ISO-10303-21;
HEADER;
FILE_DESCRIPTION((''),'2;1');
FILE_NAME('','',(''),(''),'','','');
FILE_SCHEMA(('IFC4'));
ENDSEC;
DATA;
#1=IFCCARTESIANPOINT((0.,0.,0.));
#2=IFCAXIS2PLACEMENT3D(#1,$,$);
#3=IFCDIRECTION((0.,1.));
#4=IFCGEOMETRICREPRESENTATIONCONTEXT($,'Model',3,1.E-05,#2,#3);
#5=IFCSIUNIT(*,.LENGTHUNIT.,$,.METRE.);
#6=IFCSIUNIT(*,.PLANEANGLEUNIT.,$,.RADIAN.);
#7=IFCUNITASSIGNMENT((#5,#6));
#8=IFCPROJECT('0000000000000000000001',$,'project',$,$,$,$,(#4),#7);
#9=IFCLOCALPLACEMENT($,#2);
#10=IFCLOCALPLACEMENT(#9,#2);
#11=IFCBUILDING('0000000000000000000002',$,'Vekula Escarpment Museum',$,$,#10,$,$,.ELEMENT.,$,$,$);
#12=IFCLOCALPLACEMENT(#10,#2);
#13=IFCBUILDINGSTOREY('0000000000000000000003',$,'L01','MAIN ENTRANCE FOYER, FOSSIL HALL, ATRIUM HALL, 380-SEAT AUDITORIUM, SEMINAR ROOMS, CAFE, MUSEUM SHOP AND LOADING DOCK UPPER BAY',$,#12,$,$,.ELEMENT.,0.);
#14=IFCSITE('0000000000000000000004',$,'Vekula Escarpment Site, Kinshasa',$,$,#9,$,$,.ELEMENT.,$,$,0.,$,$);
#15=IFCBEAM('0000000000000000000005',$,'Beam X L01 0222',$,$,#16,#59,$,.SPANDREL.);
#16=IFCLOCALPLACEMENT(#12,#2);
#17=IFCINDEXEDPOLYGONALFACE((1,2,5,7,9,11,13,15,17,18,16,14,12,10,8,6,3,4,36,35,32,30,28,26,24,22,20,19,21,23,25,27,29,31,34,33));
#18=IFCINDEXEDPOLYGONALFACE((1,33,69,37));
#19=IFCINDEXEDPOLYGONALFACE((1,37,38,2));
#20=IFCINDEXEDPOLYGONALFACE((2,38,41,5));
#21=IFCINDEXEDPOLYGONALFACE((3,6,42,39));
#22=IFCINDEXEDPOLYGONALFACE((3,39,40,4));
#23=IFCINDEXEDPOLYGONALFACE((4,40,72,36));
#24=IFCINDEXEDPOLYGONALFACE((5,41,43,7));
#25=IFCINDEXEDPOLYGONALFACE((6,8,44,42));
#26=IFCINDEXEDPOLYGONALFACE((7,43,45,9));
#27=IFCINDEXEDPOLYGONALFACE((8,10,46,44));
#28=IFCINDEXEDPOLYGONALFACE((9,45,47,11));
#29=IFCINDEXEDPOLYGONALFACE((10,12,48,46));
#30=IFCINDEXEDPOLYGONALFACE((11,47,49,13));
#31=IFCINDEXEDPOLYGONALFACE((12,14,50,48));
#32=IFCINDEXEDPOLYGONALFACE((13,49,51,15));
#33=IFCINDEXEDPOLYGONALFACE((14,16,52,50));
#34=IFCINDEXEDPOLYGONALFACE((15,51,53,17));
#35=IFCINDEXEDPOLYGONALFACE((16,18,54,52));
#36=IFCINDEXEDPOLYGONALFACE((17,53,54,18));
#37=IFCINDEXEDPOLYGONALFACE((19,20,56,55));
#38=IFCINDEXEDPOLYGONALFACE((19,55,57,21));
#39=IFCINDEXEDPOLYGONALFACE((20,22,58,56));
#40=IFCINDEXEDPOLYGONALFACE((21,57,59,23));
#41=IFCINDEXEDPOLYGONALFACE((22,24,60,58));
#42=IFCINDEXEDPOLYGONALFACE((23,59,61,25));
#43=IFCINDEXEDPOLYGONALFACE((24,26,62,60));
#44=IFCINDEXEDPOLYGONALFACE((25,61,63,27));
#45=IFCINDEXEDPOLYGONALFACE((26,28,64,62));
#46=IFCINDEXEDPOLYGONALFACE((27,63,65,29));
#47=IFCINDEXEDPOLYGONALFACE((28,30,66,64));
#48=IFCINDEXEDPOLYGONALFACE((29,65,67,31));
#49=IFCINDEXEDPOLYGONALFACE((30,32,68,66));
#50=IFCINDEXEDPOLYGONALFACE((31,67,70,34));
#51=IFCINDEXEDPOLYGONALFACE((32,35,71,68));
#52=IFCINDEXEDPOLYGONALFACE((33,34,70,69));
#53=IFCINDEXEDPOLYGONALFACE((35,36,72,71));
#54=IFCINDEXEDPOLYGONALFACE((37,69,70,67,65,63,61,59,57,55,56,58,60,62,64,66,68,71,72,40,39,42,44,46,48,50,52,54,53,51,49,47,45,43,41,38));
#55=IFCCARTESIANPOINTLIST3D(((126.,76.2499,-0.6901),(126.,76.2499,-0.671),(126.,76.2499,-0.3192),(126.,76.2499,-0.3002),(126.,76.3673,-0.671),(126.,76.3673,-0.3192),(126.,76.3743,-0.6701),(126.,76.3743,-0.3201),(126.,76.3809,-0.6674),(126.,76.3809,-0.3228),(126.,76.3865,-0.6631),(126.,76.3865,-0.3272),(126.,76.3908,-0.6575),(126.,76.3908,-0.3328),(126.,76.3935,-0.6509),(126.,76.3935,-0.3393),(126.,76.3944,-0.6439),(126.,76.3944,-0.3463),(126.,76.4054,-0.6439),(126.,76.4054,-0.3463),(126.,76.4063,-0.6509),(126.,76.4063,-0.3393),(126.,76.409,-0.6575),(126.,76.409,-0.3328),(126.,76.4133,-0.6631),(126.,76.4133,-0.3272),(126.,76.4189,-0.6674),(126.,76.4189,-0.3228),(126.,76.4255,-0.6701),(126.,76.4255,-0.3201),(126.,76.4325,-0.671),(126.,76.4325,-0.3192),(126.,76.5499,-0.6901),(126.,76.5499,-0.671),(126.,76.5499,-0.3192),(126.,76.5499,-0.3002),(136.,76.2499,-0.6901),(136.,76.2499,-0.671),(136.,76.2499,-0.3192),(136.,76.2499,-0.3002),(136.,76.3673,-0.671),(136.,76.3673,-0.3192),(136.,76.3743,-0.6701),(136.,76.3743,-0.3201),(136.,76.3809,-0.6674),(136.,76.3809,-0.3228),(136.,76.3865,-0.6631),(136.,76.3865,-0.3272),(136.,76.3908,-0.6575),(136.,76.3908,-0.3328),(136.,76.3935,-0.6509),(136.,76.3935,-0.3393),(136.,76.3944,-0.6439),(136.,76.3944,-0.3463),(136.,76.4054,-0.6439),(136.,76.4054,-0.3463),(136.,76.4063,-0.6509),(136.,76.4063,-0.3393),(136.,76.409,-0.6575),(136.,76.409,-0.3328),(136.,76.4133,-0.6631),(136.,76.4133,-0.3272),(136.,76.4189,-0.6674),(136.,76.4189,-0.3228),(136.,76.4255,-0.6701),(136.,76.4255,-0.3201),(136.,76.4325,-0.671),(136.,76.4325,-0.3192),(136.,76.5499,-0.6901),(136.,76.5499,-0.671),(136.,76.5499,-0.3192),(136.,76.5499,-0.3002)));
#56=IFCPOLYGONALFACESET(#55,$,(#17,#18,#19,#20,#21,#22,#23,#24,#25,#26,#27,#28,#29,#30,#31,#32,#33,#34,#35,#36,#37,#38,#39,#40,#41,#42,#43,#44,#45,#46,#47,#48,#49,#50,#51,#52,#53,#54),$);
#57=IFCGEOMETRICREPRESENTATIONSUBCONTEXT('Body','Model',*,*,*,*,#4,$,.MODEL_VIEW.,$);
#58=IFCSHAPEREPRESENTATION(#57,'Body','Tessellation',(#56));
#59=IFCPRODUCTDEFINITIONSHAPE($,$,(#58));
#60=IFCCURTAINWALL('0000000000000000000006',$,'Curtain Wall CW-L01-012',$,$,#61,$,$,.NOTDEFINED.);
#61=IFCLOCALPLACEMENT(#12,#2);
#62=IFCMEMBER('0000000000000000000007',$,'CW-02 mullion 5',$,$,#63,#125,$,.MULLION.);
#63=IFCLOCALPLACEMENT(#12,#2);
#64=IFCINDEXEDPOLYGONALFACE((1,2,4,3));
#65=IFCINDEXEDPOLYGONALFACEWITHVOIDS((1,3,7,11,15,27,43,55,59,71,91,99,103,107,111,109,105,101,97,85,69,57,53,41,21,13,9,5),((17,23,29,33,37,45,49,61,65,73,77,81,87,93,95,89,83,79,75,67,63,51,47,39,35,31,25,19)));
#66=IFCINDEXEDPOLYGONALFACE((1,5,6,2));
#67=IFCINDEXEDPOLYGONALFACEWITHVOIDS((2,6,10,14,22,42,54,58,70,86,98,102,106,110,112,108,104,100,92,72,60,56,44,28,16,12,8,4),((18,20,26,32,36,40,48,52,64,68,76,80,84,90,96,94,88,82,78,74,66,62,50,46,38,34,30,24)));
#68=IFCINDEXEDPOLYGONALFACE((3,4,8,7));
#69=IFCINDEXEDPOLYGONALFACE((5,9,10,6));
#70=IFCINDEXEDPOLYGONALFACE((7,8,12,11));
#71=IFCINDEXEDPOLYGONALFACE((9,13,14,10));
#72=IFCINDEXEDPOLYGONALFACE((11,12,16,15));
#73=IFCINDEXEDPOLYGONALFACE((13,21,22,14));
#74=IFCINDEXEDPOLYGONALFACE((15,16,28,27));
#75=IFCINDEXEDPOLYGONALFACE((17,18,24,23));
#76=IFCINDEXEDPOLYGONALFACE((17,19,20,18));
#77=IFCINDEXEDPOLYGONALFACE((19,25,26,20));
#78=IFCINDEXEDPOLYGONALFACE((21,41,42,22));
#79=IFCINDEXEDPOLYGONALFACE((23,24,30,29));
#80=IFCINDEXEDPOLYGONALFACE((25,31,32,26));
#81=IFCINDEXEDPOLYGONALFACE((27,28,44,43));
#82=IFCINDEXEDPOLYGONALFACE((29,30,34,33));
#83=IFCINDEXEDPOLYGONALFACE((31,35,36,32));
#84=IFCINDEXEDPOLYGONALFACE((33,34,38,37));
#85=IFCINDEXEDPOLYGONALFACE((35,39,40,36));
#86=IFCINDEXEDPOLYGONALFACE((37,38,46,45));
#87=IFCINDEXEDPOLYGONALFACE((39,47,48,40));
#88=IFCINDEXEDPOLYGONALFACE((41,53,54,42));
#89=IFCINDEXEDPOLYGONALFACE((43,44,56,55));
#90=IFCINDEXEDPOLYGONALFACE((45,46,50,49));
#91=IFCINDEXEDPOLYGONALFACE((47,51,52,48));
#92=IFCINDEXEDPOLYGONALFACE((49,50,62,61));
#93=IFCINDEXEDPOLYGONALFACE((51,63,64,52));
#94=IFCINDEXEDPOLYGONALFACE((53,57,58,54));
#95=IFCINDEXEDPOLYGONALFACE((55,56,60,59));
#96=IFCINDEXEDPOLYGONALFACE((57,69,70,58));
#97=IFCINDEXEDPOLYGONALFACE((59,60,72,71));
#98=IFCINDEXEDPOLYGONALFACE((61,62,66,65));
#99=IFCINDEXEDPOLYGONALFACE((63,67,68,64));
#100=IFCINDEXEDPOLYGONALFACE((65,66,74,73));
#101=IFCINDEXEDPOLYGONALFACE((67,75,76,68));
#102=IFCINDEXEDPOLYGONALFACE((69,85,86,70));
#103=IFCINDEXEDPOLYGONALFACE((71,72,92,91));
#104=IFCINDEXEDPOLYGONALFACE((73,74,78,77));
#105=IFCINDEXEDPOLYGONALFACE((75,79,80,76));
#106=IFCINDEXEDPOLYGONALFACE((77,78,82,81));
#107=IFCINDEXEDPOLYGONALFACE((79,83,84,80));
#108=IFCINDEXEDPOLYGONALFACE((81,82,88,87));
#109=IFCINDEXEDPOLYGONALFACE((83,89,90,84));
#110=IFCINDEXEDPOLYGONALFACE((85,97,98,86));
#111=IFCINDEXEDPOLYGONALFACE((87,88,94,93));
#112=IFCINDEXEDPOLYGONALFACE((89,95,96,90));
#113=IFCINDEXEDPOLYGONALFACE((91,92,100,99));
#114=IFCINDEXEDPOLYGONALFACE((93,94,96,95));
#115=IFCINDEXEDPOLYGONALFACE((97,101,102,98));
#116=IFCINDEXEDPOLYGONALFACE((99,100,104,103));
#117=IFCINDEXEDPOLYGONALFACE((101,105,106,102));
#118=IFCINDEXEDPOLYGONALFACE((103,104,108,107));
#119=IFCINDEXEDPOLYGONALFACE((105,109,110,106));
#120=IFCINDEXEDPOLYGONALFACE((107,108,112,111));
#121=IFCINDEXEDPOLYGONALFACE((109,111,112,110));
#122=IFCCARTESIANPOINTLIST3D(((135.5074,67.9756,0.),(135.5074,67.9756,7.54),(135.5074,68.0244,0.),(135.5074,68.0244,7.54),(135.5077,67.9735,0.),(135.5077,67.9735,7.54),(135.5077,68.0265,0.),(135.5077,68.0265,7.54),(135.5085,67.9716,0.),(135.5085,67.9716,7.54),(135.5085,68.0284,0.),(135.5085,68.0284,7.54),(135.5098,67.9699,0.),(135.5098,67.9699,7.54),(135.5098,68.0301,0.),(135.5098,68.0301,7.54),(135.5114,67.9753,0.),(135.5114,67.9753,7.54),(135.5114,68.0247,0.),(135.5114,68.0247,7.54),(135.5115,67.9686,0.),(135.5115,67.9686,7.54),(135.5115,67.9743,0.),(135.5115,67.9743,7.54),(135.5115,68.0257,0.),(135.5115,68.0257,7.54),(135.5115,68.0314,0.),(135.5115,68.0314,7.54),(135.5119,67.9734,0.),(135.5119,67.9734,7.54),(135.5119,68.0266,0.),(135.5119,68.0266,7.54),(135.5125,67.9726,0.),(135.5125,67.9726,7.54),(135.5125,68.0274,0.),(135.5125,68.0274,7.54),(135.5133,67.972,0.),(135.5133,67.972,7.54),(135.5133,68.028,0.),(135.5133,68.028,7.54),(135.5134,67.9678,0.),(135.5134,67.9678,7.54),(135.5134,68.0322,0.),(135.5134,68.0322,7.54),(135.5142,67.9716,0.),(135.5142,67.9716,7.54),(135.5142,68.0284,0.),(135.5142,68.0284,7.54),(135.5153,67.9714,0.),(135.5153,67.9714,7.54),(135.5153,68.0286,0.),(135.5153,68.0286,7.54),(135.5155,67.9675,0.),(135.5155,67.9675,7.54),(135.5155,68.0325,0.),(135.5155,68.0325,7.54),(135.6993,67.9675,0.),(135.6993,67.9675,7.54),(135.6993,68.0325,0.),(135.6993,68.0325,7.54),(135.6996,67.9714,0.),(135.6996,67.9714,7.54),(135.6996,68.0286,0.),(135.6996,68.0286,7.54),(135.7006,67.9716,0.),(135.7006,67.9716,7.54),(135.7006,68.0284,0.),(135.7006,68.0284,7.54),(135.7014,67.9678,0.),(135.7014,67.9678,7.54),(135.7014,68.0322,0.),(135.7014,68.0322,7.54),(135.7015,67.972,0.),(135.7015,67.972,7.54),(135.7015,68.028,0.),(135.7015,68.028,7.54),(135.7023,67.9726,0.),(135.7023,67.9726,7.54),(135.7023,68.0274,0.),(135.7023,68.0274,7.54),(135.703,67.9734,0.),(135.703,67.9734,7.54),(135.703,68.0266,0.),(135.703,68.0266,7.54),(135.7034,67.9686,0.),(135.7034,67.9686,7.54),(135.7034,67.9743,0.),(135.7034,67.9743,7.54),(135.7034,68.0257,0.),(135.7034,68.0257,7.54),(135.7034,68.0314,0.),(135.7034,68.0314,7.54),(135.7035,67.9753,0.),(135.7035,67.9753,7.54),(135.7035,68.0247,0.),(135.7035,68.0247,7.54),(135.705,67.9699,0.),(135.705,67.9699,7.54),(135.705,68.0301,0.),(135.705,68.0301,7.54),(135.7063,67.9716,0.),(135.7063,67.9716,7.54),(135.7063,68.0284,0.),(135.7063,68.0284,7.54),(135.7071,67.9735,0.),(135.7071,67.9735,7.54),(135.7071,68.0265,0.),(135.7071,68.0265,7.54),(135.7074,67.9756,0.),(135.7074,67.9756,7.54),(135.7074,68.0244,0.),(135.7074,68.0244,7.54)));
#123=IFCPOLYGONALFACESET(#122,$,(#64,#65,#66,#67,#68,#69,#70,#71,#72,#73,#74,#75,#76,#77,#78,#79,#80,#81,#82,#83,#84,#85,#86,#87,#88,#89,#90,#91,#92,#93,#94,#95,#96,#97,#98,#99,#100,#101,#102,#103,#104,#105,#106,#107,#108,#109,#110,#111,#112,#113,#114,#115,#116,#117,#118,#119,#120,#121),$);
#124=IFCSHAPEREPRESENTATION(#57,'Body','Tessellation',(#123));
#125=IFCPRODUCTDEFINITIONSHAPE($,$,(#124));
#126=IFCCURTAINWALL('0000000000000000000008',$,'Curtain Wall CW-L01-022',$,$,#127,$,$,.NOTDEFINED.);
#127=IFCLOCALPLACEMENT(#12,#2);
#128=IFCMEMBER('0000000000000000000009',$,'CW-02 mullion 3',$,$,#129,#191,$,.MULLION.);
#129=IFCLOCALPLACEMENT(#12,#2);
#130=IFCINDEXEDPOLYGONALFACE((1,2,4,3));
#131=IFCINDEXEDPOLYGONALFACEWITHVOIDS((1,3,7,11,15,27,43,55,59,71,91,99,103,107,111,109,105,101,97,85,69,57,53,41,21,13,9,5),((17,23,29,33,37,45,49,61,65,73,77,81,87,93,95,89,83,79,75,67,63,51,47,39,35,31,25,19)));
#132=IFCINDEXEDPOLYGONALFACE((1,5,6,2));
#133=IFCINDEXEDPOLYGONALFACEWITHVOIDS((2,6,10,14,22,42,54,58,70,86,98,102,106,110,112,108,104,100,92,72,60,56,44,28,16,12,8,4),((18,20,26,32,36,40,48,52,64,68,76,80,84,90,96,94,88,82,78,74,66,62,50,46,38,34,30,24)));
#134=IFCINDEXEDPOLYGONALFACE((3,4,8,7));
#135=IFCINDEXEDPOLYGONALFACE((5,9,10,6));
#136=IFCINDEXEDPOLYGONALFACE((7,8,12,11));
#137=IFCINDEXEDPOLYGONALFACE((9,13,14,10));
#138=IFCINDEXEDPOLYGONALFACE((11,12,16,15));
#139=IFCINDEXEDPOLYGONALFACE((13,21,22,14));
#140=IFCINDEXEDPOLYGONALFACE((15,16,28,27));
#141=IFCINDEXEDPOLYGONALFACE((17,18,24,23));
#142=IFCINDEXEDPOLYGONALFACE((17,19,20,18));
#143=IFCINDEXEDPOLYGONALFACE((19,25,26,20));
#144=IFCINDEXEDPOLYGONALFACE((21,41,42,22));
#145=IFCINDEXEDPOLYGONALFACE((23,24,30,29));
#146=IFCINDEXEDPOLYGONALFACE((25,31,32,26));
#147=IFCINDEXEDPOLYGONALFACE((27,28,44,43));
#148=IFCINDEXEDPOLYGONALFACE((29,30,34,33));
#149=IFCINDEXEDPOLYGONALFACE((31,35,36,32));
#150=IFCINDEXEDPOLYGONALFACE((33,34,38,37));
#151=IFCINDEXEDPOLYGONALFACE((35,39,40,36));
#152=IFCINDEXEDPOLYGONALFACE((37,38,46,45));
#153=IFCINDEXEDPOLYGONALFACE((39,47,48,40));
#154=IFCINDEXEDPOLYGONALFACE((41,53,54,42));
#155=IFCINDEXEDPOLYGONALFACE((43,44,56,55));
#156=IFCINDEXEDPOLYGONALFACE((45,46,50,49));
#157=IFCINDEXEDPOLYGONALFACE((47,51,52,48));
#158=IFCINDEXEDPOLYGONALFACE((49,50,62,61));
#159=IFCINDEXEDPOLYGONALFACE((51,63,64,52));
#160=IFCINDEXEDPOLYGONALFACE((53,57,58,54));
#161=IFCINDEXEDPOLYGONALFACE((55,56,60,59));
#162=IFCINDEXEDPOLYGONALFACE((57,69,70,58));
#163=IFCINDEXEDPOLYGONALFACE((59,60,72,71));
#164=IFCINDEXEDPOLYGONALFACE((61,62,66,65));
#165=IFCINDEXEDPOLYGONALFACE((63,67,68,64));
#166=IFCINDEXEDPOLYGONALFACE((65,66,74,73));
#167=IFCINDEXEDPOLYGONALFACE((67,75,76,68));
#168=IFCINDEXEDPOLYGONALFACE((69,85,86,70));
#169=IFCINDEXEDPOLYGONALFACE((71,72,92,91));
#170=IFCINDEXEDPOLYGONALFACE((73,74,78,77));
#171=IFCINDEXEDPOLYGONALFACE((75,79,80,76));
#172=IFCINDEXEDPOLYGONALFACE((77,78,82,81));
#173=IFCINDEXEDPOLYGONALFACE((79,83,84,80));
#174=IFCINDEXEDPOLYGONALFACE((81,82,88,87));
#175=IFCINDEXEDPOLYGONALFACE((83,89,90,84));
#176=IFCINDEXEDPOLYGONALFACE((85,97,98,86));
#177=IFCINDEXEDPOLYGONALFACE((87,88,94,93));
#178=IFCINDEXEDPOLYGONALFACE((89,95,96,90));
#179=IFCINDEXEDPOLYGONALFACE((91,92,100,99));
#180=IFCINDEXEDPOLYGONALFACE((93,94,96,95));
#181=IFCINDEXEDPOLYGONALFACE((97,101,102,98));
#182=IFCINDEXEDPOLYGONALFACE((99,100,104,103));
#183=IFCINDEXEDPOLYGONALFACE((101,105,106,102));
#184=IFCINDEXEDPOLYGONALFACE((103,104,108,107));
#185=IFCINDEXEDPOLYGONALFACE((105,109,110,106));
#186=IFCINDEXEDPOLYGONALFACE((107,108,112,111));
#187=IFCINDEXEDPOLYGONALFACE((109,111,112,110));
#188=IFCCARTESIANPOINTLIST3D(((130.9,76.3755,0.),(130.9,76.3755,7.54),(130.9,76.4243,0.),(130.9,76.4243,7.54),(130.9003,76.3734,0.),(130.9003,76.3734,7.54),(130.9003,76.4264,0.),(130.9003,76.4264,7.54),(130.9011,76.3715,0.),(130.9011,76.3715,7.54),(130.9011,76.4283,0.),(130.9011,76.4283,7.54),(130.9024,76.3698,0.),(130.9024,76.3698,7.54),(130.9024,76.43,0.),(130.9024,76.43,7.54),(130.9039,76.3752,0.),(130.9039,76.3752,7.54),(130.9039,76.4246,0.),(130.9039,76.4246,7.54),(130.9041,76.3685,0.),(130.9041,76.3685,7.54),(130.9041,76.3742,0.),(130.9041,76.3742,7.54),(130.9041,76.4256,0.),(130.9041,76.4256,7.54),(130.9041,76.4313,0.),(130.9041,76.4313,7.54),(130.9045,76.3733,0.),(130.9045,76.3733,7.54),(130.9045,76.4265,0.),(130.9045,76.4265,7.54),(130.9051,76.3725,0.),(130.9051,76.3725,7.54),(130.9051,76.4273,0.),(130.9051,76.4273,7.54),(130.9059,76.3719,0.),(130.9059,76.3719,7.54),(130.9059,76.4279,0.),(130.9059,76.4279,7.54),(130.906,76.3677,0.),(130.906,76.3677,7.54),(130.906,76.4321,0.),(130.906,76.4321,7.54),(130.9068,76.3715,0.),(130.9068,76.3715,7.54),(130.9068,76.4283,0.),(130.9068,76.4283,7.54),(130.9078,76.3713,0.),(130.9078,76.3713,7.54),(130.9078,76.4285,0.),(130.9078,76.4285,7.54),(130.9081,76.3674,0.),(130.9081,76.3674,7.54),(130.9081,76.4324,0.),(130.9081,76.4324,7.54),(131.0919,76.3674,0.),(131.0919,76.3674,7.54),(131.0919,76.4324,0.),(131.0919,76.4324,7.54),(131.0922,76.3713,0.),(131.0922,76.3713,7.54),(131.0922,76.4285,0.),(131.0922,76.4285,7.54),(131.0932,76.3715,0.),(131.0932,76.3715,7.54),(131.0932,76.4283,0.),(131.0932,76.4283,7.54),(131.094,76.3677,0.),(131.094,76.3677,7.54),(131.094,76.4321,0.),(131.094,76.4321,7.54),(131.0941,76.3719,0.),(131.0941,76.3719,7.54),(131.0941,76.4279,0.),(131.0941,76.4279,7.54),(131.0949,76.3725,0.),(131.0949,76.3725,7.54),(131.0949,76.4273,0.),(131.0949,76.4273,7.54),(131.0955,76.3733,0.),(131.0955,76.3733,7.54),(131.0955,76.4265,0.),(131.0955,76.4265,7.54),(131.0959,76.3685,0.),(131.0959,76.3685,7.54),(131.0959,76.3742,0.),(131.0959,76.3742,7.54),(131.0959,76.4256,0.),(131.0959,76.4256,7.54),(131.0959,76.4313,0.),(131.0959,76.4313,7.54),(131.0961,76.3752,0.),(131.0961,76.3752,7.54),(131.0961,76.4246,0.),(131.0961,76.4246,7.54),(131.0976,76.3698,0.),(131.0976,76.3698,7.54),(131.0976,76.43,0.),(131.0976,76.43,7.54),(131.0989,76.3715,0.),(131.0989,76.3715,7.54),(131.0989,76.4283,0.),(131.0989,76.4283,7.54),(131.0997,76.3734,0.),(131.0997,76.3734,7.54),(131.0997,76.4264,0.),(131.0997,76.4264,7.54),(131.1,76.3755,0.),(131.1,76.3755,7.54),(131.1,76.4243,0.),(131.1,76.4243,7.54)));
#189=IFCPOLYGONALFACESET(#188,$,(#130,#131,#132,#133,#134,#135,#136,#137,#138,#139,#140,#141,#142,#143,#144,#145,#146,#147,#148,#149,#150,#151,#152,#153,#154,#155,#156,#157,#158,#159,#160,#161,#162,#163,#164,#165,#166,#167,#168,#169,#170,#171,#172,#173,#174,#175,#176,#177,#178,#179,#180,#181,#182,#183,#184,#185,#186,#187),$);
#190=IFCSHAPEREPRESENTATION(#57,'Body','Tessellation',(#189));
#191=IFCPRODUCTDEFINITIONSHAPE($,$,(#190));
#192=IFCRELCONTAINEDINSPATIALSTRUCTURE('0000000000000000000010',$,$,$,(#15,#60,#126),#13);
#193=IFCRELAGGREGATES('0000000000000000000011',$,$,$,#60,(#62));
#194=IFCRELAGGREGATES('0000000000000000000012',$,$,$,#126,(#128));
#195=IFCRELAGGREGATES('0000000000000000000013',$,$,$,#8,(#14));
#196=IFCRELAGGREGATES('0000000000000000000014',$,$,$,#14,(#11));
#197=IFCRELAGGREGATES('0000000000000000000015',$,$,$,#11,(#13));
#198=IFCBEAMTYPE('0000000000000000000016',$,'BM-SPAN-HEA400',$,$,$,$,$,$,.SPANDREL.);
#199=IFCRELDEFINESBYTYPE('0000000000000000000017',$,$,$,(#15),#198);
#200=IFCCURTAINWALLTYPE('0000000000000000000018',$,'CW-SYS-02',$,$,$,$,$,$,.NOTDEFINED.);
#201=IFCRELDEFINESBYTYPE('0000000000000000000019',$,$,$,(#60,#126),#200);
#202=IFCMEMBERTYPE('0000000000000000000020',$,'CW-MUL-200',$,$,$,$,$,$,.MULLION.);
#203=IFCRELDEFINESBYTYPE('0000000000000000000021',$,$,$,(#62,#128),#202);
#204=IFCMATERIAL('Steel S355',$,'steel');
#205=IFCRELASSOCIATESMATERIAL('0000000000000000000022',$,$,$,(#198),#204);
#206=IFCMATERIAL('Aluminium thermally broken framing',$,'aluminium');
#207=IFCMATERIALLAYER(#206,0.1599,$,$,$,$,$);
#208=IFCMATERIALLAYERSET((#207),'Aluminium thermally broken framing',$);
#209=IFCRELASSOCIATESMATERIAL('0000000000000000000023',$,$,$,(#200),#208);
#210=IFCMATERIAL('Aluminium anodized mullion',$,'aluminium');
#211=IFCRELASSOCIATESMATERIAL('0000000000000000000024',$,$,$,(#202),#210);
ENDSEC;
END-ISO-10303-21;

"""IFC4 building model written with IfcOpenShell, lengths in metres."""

from ifc_helpers import new_model, si_unit, direction, frame, origin, origin_2d, place, context, subcontext, project, spatial, hollow_rectangle, i_section, extrude, material, layer, layer_set, material_profile, profile_set, type_object, element, aggregate, save


model = new_model("IFC4")

# Units and contexts
model_context = context("Model", 3, precision=1e-05, world=origin(), true_north=direction((0.0, 1.0)))
body_context = subcontext(model_context, "Body", "Model", "MODEL_VIEW")
ifc_project = project(units=[si_unit("LENGTHUNIT", "METRE"), si_unit("PLANEANGLEUNIT", "RADIAN")], contexts=[model_context])

# Site, building, storey
site_placement = place(None, origin())
site = spatial("IfcSite", under=ifc_project, at=site_placement, Name="Vekula Escarpment Site, Kinshasa", CompositionType="ELEMENT", RefElevation=0.0)
building_placement = place(site_placement, origin())
building = spatial("IfcBuilding", under=site, at=building_placement, Name="Vekula Escarpment Museum", CompositionType="ELEMENT")
storey_placement = place(building_placement, origin())
storey = spatial("IfcBuildingStorey", under=building, at=storey_placement, Name="L01", Description="MAIN ENTRANCE FOYER, FOSSIL HALL, ATRIUM HALL, 380-SEAT AUDITORIUM, SEMINAR ROOMS, CAFE, MUSEUM SHOP AND LOADING DOCK UPPER BAY", CompositionType="ELEMENT", Elevation=0.0)

# Beam
ifc_material_1 = material(Name="Steel S355", Category="steel")
ifc_material_profile_1 = material_profile(ifc_material_1, i_section(OverallWidth=0.3, OverallDepth=0.3899, WebThickness=0.011, FlangeThickness=0.019, FilletRadius=0.0271, at=origin_2d()), Name="HEA 400")
ifc_profile_set_1 = profile_set([ifc_material_profile_1], Name="Steel S355")
beam_type_1 = type_object("IfcBeamType", Name="BM-SPAN-HEA400", PredefinedType="SPANDREL", material=ifc_profile_set_1)
beam_1_placement = place(storey_placement, frame((126.0, 76.3999, -0.4951), z_axis=(1.0, 0.0, 0.0), x_axis=(0.0, 1.0, 0.0)))
element("IfcBeam", 1, at=beam_1_placement, inside=storey, type_object=beam_type_1, Name="Beam X L01 0222", PredefinedType="SPANDREL", context=body_context, shape_type="SweptSolid", body=[
    extrude(i_section(OverallWidth=0.3, OverallDepth=0.3899, WebThickness=0.011, FlangeThickness=0.019, FilletRadius=0.0271, at=origin_2d()), origin(), (0.0, 0.0, 1.0), 10.0),
])

# Curtain wall, member
ifc_material_2 = material(Name="Aluminium thermally broken framing", Category="aluminium")
ifc_layer_1 = layer(ifc_material_2, 0.1599)
ifc_layer_set_1 = layer_set([ifc_layer_1], Name="Aluminium thermally broken framing")
curtain_wall_type = type_object("IfcCurtainWallType", Name="CW-SYS-02", PredefinedType="NOTDEFINED", material=ifc_layer_set_1)
curtain_wall_1_placement = place(storey_placement, origin())
curtain_wall_1 = element("IfcCurtainWall", 2, at=curtain_wall_1_placement, inside=storey, type_object=curtain_wall_type, Name="Curtain Wall CW-L01-012", PredefinedType="NOTDEFINED")
ifc_material_3 = material(Name="Aluminium anodized mullion", Category="aluminium")
ifc_material_profile_2 = material_profile(ifc_material_3, hollow_rectangle(XDim=0.0649, YDim=0.2, WallThickness=0.0039, InnerFilletRadius=0.0039, OuterFilletRadius=0.0081, at=origin_2d()), Name="ALU 200x65x4")
ifc_profile_set_2 = profile_set([ifc_material_profile_2], Name="Aluminium anodized mullion")
member_type_1 = type_object("IfcMemberType", Name="CW-MUL-200", PredefinedType="MULLION", material=ifc_profile_set_2)
member_1_placement = place(storey_placement, frame((135.6074, 68.0, 0.0), z_axis=(0.0, 0.0, 1.0), x_axis=(0.0, 1.0, 0.0)))
member_1 = element("IfcMember", 3, at=member_1_placement, type_object=member_type_1, Name="CW-02 mullion 5", PredefinedType="MULLION", context=body_context, shape_type="SweptSolid", body=[
    extrude(hollow_rectangle(XDim=0.0649, YDim=0.2, WallThickness=0.0039, InnerFilletRadius=0.0039, OuterFilletRadius=0.0081, at=origin_2d()), origin(), (0.0, 0.0, 1.0), 7.54),
])

# Curtain wall, member
curtain_wall_2_placement = place(storey_placement, origin())
curtain_wall_2 = element("IfcCurtainWall", 4, at=curtain_wall_2_placement, inside=storey, type_object=curtain_wall_type, Name="Curtain Wall CW-L01-022", PredefinedType="NOTDEFINED")
member_2_placement = place(storey_placement, frame((131.0, 76.3999, 0.0), z_axis=(0.0, 0.0, 1.0), x_axis=(0.0, -1.0, 0.0)))
member_2 = element("IfcMember", 5, at=member_2_placement, type_object=member_type_1, Name="CW-02 mullion 3", PredefinedType="MULLION", context=body_context, shape_type="SweptSolid", body=[
    extrude(hollow_rectangle(XDim=0.0649, YDim=0.2, WallThickness=0.0039, InnerFilletRadius=0.0039, OuterFilletRadius=0.0081, at=origin_2d()), origin(), (0.0, 0.0, 1.0), 7.54),
])

aggregate(curtain_wall_1, [member_1])
aggregate(curtain_wall_2, [member_2])

save(model, "model.ifc")
